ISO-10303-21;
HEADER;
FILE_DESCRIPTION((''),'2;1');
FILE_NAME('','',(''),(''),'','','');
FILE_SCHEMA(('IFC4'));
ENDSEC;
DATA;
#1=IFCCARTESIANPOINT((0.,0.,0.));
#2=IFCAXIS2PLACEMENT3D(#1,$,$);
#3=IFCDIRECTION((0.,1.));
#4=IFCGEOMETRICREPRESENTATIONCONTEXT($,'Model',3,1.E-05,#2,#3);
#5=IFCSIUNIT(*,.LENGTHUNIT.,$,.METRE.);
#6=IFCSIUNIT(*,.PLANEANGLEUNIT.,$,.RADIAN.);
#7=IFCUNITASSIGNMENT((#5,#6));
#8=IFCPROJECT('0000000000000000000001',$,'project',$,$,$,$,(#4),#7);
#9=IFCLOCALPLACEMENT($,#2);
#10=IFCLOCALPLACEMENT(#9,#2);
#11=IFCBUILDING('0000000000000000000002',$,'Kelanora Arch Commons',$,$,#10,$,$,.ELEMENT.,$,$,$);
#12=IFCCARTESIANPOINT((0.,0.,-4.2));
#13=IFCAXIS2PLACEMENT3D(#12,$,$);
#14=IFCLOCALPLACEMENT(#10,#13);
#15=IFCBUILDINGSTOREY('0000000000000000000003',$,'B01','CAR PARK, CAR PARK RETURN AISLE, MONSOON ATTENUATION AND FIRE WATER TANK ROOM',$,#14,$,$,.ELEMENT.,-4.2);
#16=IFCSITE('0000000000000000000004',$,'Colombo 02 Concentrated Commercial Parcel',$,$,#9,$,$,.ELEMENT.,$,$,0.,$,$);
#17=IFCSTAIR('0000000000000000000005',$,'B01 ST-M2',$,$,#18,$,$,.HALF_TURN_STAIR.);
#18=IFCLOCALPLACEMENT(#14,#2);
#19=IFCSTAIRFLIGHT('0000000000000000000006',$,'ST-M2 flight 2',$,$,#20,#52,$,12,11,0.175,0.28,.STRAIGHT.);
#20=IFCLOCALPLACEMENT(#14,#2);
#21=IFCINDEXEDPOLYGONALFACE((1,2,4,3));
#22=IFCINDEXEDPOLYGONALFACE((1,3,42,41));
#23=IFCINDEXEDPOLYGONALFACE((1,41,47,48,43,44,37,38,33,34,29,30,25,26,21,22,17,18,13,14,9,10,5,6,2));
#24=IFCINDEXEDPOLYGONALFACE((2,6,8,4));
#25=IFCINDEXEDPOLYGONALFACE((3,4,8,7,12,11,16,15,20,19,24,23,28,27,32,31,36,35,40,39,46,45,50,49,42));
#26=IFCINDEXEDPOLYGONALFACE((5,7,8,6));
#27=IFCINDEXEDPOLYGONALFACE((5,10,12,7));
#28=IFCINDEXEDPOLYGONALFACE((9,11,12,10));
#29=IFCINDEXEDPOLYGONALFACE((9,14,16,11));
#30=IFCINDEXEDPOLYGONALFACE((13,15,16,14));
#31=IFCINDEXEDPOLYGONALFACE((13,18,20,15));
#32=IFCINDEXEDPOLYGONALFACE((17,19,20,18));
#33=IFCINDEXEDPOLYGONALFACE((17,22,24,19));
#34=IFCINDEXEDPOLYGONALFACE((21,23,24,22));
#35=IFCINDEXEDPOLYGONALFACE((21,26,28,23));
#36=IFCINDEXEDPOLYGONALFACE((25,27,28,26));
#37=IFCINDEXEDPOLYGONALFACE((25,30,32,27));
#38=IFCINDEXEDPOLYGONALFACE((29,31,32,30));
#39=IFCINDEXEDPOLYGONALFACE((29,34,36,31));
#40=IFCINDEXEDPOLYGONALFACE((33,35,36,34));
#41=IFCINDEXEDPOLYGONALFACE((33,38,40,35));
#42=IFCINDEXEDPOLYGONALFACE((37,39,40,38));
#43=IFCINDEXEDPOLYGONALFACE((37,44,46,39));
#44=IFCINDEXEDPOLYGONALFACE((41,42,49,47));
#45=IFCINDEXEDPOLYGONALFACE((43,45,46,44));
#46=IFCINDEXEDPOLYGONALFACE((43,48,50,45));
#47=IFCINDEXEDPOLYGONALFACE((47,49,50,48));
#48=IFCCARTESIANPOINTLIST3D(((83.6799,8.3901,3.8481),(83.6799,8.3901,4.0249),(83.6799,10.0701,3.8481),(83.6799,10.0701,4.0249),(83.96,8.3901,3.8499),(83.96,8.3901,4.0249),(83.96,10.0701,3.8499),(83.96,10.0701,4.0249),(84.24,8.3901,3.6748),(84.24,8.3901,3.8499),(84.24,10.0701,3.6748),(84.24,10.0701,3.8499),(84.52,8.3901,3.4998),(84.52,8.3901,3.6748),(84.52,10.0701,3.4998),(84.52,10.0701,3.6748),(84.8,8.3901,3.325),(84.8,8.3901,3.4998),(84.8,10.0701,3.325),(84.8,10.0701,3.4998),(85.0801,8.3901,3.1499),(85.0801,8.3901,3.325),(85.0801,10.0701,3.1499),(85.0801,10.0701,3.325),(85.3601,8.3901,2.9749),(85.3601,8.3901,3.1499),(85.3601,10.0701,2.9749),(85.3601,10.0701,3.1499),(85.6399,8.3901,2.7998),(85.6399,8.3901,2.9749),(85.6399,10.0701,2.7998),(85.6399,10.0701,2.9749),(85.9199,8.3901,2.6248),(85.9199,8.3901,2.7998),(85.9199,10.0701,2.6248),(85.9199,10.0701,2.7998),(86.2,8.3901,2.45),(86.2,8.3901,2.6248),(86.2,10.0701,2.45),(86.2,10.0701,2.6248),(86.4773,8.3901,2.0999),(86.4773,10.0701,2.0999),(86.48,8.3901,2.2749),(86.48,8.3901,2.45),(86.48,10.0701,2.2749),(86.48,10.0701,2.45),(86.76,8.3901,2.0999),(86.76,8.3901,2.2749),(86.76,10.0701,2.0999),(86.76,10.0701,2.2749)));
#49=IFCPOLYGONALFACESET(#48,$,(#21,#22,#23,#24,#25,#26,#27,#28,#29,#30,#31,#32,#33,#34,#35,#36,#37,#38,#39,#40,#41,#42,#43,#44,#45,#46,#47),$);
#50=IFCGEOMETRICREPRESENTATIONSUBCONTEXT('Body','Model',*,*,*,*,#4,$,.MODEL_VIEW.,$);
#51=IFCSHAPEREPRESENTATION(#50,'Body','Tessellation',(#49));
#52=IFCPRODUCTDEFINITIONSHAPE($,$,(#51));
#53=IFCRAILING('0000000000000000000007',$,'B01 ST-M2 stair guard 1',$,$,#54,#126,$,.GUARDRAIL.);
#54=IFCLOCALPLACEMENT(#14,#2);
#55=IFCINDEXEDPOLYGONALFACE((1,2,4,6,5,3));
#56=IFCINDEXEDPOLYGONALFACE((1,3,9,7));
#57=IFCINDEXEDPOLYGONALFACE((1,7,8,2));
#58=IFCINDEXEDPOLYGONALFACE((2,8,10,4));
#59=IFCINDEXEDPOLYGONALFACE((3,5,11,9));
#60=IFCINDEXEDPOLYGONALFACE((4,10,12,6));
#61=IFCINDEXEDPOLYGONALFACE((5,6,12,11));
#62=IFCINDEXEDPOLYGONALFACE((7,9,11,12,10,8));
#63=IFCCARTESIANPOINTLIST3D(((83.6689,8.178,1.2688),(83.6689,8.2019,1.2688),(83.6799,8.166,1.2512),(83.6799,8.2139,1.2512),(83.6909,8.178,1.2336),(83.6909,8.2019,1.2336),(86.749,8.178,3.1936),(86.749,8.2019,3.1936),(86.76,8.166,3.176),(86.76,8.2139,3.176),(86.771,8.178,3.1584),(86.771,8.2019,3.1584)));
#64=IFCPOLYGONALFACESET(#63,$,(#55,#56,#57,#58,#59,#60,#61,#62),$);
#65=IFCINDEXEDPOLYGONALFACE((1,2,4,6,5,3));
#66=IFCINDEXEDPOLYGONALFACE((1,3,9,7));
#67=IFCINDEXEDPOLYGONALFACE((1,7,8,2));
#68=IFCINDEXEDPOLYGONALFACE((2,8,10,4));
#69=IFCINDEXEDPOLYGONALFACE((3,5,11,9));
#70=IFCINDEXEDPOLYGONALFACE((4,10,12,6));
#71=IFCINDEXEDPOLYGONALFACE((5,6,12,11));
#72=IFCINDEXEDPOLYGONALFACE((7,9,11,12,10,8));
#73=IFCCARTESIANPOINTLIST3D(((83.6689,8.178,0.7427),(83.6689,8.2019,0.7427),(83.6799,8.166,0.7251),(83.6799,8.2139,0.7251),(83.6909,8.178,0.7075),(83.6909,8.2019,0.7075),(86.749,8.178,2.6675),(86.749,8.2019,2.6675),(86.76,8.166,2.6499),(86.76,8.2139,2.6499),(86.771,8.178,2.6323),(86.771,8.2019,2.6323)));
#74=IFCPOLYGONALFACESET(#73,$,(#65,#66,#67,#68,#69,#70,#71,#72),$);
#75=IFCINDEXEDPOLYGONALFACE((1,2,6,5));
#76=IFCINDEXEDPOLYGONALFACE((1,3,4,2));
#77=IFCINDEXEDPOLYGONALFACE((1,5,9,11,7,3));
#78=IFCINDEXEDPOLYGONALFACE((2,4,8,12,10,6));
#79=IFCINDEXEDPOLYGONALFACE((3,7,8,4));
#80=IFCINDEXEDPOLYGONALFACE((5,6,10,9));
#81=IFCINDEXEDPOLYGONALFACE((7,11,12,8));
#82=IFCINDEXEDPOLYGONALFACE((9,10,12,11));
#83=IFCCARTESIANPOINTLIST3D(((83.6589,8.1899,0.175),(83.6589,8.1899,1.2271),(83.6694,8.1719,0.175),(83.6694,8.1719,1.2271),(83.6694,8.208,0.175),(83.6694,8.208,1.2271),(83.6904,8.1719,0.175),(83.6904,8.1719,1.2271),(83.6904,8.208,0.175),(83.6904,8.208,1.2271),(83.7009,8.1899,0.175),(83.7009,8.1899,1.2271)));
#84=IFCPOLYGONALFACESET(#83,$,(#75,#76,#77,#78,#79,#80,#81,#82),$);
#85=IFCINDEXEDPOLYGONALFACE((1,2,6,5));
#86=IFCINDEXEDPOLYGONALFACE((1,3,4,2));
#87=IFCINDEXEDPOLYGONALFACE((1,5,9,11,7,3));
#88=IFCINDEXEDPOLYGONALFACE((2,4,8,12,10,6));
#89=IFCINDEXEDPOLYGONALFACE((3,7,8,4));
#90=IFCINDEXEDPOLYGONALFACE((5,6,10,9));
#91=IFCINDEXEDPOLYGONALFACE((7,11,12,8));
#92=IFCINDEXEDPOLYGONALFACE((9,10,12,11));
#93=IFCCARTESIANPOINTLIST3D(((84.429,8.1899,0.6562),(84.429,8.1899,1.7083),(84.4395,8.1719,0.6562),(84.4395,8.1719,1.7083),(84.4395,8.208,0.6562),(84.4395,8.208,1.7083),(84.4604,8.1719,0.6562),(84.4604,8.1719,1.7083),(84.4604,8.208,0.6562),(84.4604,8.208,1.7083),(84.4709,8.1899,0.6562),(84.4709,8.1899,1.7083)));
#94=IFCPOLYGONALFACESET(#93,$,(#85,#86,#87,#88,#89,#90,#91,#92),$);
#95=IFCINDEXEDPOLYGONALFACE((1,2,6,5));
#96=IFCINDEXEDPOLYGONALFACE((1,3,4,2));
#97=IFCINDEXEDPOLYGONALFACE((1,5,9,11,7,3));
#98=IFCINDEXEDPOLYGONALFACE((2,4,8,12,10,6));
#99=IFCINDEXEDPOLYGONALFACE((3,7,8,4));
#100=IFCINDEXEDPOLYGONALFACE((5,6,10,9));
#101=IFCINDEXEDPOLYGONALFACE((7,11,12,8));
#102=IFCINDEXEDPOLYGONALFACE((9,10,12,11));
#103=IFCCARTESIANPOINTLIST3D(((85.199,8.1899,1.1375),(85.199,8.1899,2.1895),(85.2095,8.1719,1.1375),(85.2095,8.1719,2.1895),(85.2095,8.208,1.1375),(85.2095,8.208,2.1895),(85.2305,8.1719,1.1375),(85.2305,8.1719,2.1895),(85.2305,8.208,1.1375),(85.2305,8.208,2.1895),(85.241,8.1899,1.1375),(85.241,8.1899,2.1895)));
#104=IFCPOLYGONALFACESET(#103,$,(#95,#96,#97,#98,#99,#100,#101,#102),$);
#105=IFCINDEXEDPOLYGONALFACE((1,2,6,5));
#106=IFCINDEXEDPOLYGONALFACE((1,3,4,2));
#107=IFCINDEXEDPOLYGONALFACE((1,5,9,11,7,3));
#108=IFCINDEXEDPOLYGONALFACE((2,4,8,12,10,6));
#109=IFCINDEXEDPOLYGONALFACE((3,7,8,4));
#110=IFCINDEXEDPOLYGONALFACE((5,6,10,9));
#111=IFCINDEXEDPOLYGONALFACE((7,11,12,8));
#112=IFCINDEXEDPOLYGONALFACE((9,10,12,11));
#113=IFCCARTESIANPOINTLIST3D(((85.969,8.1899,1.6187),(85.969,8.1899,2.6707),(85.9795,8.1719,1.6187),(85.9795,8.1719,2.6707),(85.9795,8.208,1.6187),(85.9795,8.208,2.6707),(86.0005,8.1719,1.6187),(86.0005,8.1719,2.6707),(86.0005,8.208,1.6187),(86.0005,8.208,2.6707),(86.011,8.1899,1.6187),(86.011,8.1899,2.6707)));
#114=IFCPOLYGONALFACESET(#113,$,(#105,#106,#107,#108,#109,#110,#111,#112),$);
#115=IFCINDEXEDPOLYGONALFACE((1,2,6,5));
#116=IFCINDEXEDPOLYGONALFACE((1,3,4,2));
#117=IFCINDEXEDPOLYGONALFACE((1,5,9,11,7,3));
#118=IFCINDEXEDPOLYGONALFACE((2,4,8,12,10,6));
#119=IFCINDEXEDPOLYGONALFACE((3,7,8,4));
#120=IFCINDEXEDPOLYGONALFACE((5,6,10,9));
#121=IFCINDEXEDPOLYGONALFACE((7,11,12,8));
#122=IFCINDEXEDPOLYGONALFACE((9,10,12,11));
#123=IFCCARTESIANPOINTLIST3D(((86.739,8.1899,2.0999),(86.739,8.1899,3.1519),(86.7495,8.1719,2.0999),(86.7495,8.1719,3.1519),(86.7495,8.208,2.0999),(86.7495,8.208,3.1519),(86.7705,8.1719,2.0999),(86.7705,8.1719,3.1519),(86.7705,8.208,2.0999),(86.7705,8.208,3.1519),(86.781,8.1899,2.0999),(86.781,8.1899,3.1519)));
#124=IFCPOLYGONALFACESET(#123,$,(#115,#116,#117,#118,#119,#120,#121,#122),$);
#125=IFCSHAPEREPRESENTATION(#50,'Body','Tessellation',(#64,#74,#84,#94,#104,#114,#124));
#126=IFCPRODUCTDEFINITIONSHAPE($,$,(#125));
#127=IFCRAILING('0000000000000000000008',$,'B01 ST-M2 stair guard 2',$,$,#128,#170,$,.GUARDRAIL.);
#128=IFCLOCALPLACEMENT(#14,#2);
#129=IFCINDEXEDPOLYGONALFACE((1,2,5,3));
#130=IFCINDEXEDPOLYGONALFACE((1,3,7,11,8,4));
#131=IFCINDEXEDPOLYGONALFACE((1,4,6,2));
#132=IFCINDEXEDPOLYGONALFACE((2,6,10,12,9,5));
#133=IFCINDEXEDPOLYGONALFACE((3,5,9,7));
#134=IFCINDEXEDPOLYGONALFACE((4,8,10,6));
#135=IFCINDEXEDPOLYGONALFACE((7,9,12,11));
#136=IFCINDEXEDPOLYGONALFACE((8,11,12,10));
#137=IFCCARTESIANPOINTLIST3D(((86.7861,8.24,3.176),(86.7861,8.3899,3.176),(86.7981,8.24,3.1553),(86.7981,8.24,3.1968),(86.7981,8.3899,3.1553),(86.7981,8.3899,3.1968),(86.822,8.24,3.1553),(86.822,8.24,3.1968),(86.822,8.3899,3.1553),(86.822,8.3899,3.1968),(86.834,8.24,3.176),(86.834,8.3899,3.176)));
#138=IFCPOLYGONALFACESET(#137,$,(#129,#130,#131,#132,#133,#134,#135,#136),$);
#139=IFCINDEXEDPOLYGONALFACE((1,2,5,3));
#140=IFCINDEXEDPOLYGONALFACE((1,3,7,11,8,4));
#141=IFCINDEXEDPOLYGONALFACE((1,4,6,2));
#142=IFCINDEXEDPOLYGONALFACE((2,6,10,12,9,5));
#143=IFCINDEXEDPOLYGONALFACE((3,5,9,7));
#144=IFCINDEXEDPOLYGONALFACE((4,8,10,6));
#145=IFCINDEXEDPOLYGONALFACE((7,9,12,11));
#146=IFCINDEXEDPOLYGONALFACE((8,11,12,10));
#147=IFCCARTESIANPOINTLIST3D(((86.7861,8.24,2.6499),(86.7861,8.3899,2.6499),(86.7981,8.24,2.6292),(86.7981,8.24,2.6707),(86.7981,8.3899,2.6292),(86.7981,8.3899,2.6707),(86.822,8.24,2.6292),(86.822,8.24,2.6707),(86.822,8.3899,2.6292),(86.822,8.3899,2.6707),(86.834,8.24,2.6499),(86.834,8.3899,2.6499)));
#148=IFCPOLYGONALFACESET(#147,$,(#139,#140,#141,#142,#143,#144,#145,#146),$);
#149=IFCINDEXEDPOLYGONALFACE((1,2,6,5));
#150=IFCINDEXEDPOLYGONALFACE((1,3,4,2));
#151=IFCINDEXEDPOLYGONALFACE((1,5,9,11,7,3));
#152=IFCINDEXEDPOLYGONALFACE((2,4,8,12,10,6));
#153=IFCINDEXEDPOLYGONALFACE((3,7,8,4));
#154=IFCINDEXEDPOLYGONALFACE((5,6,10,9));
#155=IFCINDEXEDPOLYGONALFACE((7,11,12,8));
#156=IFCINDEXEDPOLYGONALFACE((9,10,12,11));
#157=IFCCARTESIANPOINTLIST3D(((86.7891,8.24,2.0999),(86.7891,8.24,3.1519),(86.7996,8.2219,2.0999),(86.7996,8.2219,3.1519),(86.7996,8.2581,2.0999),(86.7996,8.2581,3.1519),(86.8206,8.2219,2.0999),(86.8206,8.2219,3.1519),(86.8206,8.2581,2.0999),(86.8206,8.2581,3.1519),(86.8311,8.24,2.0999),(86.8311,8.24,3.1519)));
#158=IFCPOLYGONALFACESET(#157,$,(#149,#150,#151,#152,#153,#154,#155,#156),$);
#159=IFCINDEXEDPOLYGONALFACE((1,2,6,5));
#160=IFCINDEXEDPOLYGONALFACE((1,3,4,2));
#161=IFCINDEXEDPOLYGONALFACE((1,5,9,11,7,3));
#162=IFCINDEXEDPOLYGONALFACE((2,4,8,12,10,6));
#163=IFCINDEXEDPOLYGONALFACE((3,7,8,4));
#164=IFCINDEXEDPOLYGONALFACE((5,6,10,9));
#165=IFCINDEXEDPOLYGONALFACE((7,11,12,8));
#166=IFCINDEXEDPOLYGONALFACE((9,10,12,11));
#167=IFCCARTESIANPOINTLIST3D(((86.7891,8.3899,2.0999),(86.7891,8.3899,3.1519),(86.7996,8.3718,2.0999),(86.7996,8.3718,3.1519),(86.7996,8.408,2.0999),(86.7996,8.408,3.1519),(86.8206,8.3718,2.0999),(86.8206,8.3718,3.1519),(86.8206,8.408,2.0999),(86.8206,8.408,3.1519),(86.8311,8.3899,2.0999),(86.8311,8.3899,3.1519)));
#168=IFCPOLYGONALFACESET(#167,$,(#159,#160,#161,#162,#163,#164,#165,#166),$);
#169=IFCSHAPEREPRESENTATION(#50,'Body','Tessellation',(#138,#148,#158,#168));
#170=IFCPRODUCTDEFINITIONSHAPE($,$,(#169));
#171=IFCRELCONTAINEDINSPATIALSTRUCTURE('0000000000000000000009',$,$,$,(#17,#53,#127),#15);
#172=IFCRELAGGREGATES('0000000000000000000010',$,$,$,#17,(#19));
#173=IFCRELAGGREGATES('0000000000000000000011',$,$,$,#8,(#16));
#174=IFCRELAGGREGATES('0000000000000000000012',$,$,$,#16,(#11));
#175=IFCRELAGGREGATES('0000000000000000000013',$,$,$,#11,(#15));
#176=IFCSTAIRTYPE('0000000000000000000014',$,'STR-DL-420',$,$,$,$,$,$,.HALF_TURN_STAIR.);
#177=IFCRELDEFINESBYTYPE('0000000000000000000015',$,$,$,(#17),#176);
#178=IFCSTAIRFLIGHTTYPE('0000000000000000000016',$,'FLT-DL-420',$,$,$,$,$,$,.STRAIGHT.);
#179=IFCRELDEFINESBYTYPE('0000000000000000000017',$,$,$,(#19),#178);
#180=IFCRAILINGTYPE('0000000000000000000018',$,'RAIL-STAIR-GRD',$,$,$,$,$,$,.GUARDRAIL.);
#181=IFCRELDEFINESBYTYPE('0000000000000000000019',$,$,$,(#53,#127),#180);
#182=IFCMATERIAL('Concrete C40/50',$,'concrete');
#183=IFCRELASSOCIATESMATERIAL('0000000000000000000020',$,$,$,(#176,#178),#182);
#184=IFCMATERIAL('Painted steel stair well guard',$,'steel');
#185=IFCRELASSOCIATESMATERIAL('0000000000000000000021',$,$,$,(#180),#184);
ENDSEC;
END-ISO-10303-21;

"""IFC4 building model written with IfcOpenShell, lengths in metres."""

from ifc_helpers import new_model, si_unit, direction, frame, origin, place, context, subcontext, project, spatial, polyline, outline, extrude, material, type_object, element, aggregate, save


model = new_model("IFC4")

# Units and contexts
model_context = context("Model", 3, precision=1e-05, world=origin(), true_north=direction((0.0, 1.0)))
body_context = subcontext(model_context, "Body", "Model", "MODEL_VIEW")
ifc_project = project(units=[si_unit("LENGTHUNIT", "METRE"), si_unit("PLANEANGLEUNIT", "RADIAN")], contexts=[model_context])

# Site, building, storey
site_placement = place(None, origin())
site = spatial("IfcSite", under=ifc_project, at=site_placement, Name="Colombo 02 Concentrated Commercial Parcel", CompositionType="ELEMENT", RefElevation=0.0)
building_placement = place(site_placement, origin())
building = spatial("IfcBuilding", under=site, at=building_placement, Name="Kelanora Arch Commons", CompositionType="ELEMENT")
storey_placement = place(building_placement, frame((0.0, 0.0, -4.2)))
storey = spatial("IfcBuildingStorey", under=building, at=storey_placement, Name="B01", Description="CAR PARK, CAR PARK RETURN AISLE, MONSOON ATTENUATION AND FIRE WATER TANK ROOM", CompositionType="ELEMENT", Elevation=-4.2)

# Shared definitions
ifc_material_1 = material(Name="Concrete C40/50", Category="concrete")

# Stair, stair flight
stair_type = type_object("IfcStairType", Name="STR-DL-420", PredefinedType="HALF_TURN_STAIR", material=ifc_material_1)
stair_placement = place(storey_placement, origin())
stair = element("IfcStair", 1, at=stair_placement, inside=storey, type_object=stair_type, Name="B01 ST-M2", PredefinedType="HALF_TURN_STAIR")
stair_flight_type = type_object("IfcStairFlightType", Name="FLT-DL-420", PredefinedType="STRAIGHT", material=ifc_material_1)
stair_flight_1_placement = place(storey_placement, frame((86.76, 9.23, 2.0999), z_axis=(0.0, 0.0, 1.0), x_axis=(-1.0, 0.0, 0.0)))
stair_flight_1 = element("IfcStairFlight", 2, at=stair_flight_1_placement, type_object=stair_flight_type, Name="ST-M2 flight 2", NumberOfRisers=12, NumberOfTreads=11, PredefinedType="STRAIGHT", RiserHeight=0.175, TreadLength=0.28, context=body_context, shape_type="SweptSolid", body=[
    extrude(outline(polyline([(0.0, 0.0), (0.0, 0.175), (0.28, 0.175), (0.28, 0.3501), (0.5601, 0.3501), (0.5601, 0.5249), (0.8401, 0.5249), (0.8401, 0.7), (1.1201, 0.7), (1.1201, 0.875), (1.3999, 0.875), (1.3999, 1.05), (1.6799, 1.05), (1.6799, 1.2251), (1.96, 1.2251), (1.96, 1.3999), (2.24, 1.3999), (2.24, 1.575), (2.52, 1.575), (2.52, 1.75), (2.8, 1.75), (2.8, 1.925), (3.0801, 1.925), (3.0801, 2.1001), (3.0801, 1.7483), (0.2827, 0.0), (0.0, 0.0)])), frame((0.0, 0.8398, 0.0), z_axis=(0.0, -1.0, 0.0), x_axis=(1.0, 0.0, 0.0)), (0.0, 0.0, 1.0), 1.6799),
])
aggregate(stair, [stair_flight_1])

# Railings
ifc_material_2 = material(Name="Painted steel stair well guard", Category="steel")
railing_type_1 = type_object("IfcRailingType", Name="RAIL-STAIR-GRD", PredefinedType="GUARDRAIL", material=ifc_material_2)
railing_1_placement = place(storey_placement, frame((83.6799, 8.1899, 0.175)))
element("IfcRailing", 3, at=railing_1_placement, inside=storey, type_object=railing_type_1, Name="B01 ST-M2 stair guard 1", PredefinedType="GUARDRAIL", context=body_context, shape_type="SweptSolid", body=[
    extrude(outline(polyline([(0.0239, 0.0), (0.012, 0.0208), (-0.012, 0.0208), (-0.0239, 0.0), (-0.012, -0.0208), (0.012, -0.0208), (0.0239, 0.0)])), frame((0.0, 0.0, 1.0762), z_axis=(0.848029, 0.0, 0.529951), x_axis=(0.0, 1.0, 0.0)), (0.0, 0.0, 1.0), 3.6321),
    extrude(outline(polyline([(0.0239, 0.0), (0.012, 0.0208), (-0.012, 0.0208), (-0.0239, 0.0), (-0.012, -0.0208), (0.012, -0.0208), (0.0239, 0.0)])), frame((0.0, 0.0, 0.55), z_axis=(0.848029, 0.0, 0.529951), x_axis=(0.0, 1.0, 0.0)), (0.0, 0.0, 1.0), 3.6321),
    extrude(outline(polyline([(0.021, 0.0), (0.0105, 0.0181), (-0.0105, 0.0181), (-0.021, 0.0), (-0.0105, -0.0181), (0.0105, -0.0181), (0.021, 0.0)])), origin(), (0.0, 0.0, 1.0), 1.052),
    extrude(outline(polyline([(0.021, 0.0), (0.0105, 0.0181), (-0.0105, 0.0181), (-0.021, 0.0), (-0.0105, -0.0181), (0.0105, -0.0181), (0.021, 0.0)])), frame((0.77, 0.0, 0.4812)), (0.0, 0.0, 1.0), 1.052),
    extrude(outline(polyline([(0.021, 0.0), (0.0105, 0.0181), (-0.0105, 0.0181), (-0.021, 0.0), (-0.0105, -0.0181), (0.0105, -0.0181), (0.021, 0.0)])), frame((1.54, 0.0, 0.9624)), (0.0, 0.0, 1.0), 1.052),
    extrude(outline(polyline([(0.021, 0.0), (0.0105, 0.0181), (-0.0105, 0.0181), (-0.021, 0.0), (-0.0105, -0.0181), (0.0105, -0.0181), (0.021, 0.0)])), frame((2.3101, 0.0, 1.4436)), (0.0, 0.0, 1.0), 1.052),
    extrude(outline(polyline([(0.021, 0.0), (0.0105, 0.0181), (-0.0105, 0.0181), (-0.021, 0.0), (-0.0105, -0.0181), (0.0105, -0.0181), (0.021, 0.0)])), frame((3.0801, 0.0, 1.9248)), (0.0, 0.0, 1.0), 1.052),
])
railing_2_placement = place(storey_placement, frame((86.8101, 8.24, 2.0999)))
element("IfcRailing", 4, at=railing_2_placement, inside=storey, type_object=railing_type_1, Name="B01 ST-M2 stair guard 2", PredefinedType="GUARDRAIL", context=body_context, shape_type="SweptSolid", body=[
    extrude(outline(polyline([(0.0239, 0.0), (0.012, 0.0208), (-0.012, 0.0208), (-0.0239, 0.0), (-0.012, -0.0208), (0.012, -0.0208), (0.0239, 0.0)])), frame((0.0, 0.0, 1.0762), z_axis=(0.0, 1.0, 0.0), x_axis=(-1.0, 0.0, 0.0)), (0.0, 0.0, 1.0), 0.1499),
    extrude(outline(polyline([(0.0239, 0.0), (0.012, 0.0208), (-0.012, 0.0208), (-0.0239, 0.0), (-0.012, -0.0208), (0.012, -0.0208), (0.0239, 0.0)])), frame((0.0, 0.0, 0.55), z_axis=(0.0, 1.0, 0.0), x_axis=(-1.0, 0.0, 0.0)), (0.0, 0.0, 1.0), 0.1499),
    extrude(outline(polyline([(0.021, 0.0), (0.0105, 0.0181), (-0.0105, 0.0181), (-0.021, 0.0), (-0.0105, -0.0181), (0.0105, -0.0181), (0.021, 0.0)])), origin(), (0.0, 0.0, 1.0), 1.052),
    extrude(outline(polyline([(0.021, 0.0), (0.0105, 0.0181), (-0.0105, 0.0181), (-0.021, 0.0), (-0.0105, -0.0181), (0.0105, -0.0181), (0.021, 0.0)])), frame((0.0, 0.1499, 0.0)), (0.0, 0.0, 1.0), 1.052),
])

save(model, "model.ifc")
